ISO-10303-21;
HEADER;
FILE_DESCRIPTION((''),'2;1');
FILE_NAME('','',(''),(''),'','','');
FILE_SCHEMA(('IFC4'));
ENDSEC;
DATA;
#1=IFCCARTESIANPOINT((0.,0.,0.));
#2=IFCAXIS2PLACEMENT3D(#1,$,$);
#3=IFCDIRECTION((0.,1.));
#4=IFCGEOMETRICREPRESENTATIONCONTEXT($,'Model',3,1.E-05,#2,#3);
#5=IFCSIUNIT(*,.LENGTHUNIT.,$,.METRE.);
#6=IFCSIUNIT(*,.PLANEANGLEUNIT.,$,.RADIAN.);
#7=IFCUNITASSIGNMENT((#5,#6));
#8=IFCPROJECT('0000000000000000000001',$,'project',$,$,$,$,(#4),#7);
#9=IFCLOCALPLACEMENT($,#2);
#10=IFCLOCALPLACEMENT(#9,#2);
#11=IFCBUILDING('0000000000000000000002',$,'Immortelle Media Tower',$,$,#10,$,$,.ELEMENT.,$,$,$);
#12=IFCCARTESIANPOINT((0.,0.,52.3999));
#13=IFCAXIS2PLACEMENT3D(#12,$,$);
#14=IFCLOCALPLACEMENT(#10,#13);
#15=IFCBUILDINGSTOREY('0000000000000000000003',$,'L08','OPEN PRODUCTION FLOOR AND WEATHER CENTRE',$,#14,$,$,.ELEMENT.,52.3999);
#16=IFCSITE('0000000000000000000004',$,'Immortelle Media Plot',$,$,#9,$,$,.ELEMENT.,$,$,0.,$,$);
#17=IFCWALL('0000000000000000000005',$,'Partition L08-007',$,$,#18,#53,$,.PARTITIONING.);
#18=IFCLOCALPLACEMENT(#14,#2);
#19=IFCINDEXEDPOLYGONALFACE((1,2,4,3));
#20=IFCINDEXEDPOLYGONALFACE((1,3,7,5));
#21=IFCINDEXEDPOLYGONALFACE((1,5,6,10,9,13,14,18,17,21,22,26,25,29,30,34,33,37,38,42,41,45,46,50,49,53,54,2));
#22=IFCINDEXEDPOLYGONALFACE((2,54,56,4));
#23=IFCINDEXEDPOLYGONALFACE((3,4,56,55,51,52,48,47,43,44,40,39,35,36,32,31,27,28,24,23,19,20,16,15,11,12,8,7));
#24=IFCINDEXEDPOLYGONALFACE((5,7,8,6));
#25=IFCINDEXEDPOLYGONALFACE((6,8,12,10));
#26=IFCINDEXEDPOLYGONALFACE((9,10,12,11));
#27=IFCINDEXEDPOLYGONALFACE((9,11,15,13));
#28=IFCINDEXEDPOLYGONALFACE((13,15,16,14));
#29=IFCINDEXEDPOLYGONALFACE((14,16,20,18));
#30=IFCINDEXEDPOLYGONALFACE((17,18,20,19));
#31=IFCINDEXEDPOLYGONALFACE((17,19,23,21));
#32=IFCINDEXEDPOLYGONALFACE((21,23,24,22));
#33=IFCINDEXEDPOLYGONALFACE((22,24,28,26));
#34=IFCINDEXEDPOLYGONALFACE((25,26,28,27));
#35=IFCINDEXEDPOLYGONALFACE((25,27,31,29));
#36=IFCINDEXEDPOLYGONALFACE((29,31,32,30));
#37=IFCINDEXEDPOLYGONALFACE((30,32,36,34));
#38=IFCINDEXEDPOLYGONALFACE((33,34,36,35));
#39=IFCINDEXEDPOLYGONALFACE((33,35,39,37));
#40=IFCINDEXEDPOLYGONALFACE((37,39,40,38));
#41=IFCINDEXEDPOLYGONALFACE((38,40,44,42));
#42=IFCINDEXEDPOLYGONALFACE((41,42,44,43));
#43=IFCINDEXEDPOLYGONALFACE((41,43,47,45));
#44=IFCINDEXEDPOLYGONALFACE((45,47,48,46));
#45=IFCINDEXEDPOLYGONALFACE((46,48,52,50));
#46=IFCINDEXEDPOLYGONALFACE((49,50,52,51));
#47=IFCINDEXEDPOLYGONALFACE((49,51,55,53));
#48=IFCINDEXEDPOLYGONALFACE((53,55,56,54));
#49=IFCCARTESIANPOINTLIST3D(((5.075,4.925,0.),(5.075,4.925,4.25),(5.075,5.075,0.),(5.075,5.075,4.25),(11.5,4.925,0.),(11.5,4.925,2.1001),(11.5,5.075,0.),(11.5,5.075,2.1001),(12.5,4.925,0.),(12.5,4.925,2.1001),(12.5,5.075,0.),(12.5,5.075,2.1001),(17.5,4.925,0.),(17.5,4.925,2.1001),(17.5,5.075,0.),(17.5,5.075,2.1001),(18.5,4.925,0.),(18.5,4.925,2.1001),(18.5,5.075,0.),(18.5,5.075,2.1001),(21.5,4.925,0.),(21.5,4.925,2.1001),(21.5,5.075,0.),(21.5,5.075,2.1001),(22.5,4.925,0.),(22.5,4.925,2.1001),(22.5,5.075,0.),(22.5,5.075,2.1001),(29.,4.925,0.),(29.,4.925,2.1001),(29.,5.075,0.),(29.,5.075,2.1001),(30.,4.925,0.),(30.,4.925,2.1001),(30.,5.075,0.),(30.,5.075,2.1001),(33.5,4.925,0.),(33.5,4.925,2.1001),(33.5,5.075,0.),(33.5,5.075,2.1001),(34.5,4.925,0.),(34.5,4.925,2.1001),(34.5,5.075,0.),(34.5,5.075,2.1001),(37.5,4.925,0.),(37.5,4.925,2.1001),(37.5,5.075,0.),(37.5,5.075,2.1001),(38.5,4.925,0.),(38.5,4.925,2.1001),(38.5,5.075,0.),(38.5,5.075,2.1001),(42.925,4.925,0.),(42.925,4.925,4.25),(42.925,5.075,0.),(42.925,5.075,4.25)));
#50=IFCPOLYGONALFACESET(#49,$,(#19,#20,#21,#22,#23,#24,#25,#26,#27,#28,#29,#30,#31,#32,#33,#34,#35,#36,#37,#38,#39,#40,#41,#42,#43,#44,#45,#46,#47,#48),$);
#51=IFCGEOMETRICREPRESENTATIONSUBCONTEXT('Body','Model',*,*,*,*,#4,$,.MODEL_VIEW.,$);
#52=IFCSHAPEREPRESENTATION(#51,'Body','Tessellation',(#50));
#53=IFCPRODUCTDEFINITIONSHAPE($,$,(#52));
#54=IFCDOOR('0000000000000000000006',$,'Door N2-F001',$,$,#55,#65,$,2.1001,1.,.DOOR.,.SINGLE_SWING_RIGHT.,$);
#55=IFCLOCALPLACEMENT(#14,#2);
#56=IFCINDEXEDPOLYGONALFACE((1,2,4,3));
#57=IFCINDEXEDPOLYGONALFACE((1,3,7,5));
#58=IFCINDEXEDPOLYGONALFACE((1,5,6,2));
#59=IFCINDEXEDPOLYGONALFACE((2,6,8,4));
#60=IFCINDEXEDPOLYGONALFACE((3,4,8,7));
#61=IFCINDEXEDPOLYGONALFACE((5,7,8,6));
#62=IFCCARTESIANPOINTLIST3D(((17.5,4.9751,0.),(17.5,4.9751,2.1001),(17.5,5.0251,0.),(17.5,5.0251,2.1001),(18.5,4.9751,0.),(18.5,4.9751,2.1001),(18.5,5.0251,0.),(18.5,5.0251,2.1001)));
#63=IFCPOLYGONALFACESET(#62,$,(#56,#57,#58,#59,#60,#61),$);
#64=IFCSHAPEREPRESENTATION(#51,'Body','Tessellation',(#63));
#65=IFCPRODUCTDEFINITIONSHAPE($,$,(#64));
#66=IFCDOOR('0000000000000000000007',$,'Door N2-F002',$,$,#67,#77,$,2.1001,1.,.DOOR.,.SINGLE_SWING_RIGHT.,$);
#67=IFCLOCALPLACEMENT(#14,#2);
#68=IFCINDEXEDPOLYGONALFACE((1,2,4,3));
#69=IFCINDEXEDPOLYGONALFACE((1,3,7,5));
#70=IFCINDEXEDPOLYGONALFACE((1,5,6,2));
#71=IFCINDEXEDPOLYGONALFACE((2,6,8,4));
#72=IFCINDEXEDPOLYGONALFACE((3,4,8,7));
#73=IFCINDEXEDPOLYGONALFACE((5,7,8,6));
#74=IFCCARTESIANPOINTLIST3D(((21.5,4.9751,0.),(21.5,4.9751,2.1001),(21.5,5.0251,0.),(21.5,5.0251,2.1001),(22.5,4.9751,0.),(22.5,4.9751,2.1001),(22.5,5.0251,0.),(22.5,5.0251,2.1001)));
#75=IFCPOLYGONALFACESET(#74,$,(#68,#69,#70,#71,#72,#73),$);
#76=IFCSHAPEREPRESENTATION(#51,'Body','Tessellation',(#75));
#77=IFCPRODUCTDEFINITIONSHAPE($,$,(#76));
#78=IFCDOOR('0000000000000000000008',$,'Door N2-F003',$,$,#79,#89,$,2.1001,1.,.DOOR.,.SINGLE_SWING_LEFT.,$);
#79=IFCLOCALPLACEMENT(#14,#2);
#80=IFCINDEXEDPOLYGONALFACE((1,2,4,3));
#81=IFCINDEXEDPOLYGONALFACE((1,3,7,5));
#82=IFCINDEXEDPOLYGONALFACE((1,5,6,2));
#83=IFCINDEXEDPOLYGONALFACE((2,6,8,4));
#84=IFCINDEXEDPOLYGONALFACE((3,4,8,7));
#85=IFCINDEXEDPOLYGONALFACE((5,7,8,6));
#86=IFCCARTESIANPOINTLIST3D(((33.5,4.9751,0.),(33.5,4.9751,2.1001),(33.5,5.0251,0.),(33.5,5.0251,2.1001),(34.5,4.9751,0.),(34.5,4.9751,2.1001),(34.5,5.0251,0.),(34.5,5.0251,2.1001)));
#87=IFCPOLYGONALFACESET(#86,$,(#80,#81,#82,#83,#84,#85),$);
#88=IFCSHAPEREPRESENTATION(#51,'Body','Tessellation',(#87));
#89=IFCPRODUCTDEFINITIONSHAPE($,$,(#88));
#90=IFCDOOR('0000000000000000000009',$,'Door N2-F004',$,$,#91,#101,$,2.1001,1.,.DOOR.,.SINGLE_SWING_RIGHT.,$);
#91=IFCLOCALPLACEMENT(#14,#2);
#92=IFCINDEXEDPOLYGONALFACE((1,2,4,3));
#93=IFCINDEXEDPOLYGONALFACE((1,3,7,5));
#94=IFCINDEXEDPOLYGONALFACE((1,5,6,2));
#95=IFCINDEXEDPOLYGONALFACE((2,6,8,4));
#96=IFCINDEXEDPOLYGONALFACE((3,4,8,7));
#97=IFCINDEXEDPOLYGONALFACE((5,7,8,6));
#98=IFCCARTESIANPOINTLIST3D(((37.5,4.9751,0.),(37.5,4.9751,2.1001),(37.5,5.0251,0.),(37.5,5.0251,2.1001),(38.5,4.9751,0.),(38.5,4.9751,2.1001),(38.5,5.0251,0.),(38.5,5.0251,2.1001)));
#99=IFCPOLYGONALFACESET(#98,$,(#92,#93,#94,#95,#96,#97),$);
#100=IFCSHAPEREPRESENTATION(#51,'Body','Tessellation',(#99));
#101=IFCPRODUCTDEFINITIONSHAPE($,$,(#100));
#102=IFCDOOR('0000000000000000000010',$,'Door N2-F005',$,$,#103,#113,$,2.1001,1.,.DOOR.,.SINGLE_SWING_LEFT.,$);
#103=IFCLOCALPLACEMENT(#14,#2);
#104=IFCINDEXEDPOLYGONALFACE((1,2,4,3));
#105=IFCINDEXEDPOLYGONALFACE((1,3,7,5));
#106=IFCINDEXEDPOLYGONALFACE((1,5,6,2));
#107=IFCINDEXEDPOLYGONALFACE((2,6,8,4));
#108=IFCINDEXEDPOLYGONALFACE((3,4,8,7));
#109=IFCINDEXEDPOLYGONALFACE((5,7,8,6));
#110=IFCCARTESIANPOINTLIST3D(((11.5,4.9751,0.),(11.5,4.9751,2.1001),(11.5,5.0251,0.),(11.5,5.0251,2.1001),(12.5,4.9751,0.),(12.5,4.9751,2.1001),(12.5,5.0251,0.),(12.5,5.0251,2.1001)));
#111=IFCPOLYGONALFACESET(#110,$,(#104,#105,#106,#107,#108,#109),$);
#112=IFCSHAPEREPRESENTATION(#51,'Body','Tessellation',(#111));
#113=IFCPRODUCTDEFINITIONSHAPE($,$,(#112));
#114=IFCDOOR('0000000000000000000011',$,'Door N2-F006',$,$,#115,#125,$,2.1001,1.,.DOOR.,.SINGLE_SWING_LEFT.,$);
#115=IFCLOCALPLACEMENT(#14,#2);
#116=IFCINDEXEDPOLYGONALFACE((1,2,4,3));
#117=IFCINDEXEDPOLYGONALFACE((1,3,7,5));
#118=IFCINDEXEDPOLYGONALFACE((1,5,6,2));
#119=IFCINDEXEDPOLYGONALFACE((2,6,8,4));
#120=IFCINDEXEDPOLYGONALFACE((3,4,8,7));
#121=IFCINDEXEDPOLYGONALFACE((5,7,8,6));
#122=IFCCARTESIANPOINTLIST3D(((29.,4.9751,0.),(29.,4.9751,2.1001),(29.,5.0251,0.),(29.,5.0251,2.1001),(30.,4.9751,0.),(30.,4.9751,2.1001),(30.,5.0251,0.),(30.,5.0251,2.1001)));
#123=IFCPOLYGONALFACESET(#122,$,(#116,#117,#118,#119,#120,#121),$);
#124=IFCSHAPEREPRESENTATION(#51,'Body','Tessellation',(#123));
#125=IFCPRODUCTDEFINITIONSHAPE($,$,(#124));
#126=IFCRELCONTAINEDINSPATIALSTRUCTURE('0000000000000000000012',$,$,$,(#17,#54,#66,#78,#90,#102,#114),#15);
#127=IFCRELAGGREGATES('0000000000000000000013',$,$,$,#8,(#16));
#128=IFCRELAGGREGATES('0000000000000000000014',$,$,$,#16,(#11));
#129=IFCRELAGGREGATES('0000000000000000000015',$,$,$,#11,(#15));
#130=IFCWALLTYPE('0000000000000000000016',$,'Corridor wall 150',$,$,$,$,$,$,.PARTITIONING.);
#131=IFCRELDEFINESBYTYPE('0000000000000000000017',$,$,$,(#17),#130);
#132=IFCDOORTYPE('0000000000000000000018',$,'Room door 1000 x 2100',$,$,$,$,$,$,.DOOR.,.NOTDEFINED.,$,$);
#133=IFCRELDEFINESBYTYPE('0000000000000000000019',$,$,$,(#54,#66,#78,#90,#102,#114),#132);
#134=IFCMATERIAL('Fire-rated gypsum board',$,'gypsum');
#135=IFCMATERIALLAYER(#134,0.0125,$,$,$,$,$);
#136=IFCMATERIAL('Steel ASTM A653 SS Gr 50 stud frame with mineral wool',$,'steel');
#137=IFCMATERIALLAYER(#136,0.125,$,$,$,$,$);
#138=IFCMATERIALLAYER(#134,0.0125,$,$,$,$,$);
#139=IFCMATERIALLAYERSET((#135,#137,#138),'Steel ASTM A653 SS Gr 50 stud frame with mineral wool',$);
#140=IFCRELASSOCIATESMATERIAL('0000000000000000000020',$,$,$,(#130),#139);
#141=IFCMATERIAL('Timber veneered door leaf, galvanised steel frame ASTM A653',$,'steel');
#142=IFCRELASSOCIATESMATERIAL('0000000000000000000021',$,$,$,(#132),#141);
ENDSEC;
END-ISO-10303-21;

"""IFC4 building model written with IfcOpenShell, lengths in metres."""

from ifc_helpers import new_model, si_unit, direction, frame, frame_2d, origin, place, context, subcontext, project, spatial, rectangle, extrude, material, layer, layer_set, type_object, element, fill, save


model = new_model("IFC4")

# Units and contexts
model_context = context("Model", 3, precision=1e-05, world=origin(), true_north=direction((0.0, 1.0)))
body_context = subcontext(model_context, "Body", "Model", "MODEL_VIEW")
ifc_project = project(units=[si_unit("LENGTHUNIT", "METRE"), si_unit("PLANEANGLEUNIT", "RADIAN")], contexts=[model_context])

# Site, building, storey
site_placement = place(None, origin())
site = spatial("IfcSite", under=ifc_project, at=site_placement, Name="Immortelle Media Plot", CompositionType="ELEMENT", RefElevation=0.0)
building_placement = place(site_placement, origin())
building = spatial("IfcBuilding", under=site, at=building_placement, Name="Immortelle Media Tower", CompositionType="ELEMENT")
storey_placement = place(building_placement, frame((0.0, 0.0, 52.3999)))
storey = spatial("IfcBuildingStorey", under=building, at=storey_placement, Name="L08", Description="OPEN PRODUCTION FLOOR AND WEATHER CENTRE", CompositionType="ELEMENT", Elevation=52.3999)

# Wall, openings, doors
ifc_material_1 = material(Name="Fire-rated gypsum board", Category="gypsum")
ifc_layer_1 = layer(ifc_material_1, 0.0125)
ifc_material_2 = material(Name="Steel ASTM A653 SS Gr 50 stud frame with mineral wool", Category="steel")
ifc_layer_2 = layer(ifc_material_2, 0.125)
ifc_layer_3 = layer(ifc_material_1, 0.0125)
ifc_layer_set_1 = layer_set([ifc_layer_1, ifc_layer_2, ifc_layer_3], Name="Steel ASTM A653 SS Gr 50 stud frame with mineral wool")
wall_type_1 = type_object("IfcWallType", Name="Corridor wall 150", PredefinedType="PARTITIONING", material=ifc_layer_set_1)
wall_1_placement = place(storey_placement, frame((5.075, 5.0, 0.0), z_axis=(0.0, 0.0, 1.0), x_axis=(1.0, 0.0, 0.0)))
wall_1 = element("IfcWall", 1, at=wall_1_placement, inside=storey, type_object=wall_type_1, Name="Partition L08-007", PredefinedType="PARTITIONING", context=body_context, shape_type="SweptSolid", body=[
    extrude(rectangle(XDim=37.8501, YDim=0.1499, at=frame_2d((18.925, 0.0))), origin(), (0.0, 0.0, 1.0), 4.25),
])
opening_1_placement = place(wall_1_placement, frame((13.425, 0.0, 0.0), z_axis=(0.0, 0.0, 1.0), x_axis=(-1.0, 0.0, 0.0)))
opening_1 = element("IfcOpeningElement", 2, at=opening_1_placement, cuts=wall_1, PredefinedType="OPENING", context=body_context, shape_type="SweptSolid", body=[
    extrude(rectangle(XDim=1.0, YDim=2.1001, at=frame_2d((0.5, 1.05))), frame((0.0, 0.085, 0.0), z_axis=(0.0, -1.0, 0.0), x_axis=(1.0, 0.0, 0.0)), (0.0, 0.0, 1.0), 0.1699),
])
opening_2_placement = place(wall_1_placement, frame((17.425, 0.0, 0.0), z_axis=(0.0, 0.0, 1.0), x_axis=(-1.0, 0.0, 0.0)))
opening_2 = element("IfcOpeningElement", 3, at=opening_2_placement, cuts=wall_1, PredefinedType="OPENING", context=body_context, shape_type="SweptSolid", body=[
    extrude(rectangle(XDim=1.0, YDim=2.1001, at=frame_2d((0.5, 1.05))), frame((0.0, 0.085, 0.0), z_axis=(0.0, -1.0, 0.0), x_axis=(1.0, 0.0, 0.0)), (0.0, 0.0, 1.0), 0.1699),
])
opening_3_placement = place(wall_1_placement, frame((29.425, 0.0, 0.0), z_axis=(0.0, 0.0, 1.0), x_axis=(-1.0, 0.0, 0.0)))
opening_3 = element("IfcOpeningElement", 4, at=opening_3_placement, cuts=wall_1, PredefinedType="OPENING", context=body_context, shape_type="SweptSolid", body=[
    extrude(rectangle(XDim=1.0, YDim=2.1001, at=frame_2d((0.5, 1.05))), frame((0.0, 0.085, 0.0), z_axis=(0.0, -1.0, 0.0), x_axis=(1.0, 0.0, 0.0)), (0.0, 0.0, 1.0), 0.1699),
])
opening_4_placement = place(wall_1_placement, frame((33.425, 0.0, 0.0), z_axis=(0.0, 0.0, 1.0), x_axis=(-1.0, 0.0, 0.0)))
opening_4 = element("IfcOpeningElement", 5, at=opening_4_placement, cuts=wall_1, PredefinedType="OPENING", context=body_context, shape_type="SweptSolid", body=[
    extrude(rectangle(XDim=1.0, YDim=2.1001, at=frame_2d((0.5, 1.05))), frame((0.0, 0.085, 0.0), z_axis=(0.0, -1.0, 0.0), x_axis=(1.0, 0.0, 0.0)), (0.0, 0.0, 1.0), 0.1699),
])
opening_5_placement = place(wall_1_placement, frame((7.425, 0.0, 0.0), z_axis=(0.0, 0.0, 1.0), x_axis=(-1.0, 0.0, 0.0)))
opening_5 = element("IfcOpeningElement", 6, at=opening_5_placement, cuts=wall_1, PredefinedType="OPENING", context=body_context, shape_type="SweptSolid", body=[
    extrude(rectangle(XDim=1.0, YDim=2.1001, at=frame_2d((0.5, 1.05))), frame((0.0, 0.085, 0.0), z_axis=(0.0, -1.0, 0.0), x_axis=(1.0, 0.0, 0.0)), (0.0, 0.0, 1.0), 0.1699),
])
opening_6_placement = place(wall_1_placement, frame((24.925, 0.0, 0.0), z_axis=(0.0, 0.0, 1.0), x_axis=(-1.0, 0.0, 0.0)))
opening_6 = element("IfcOpeningElement", 7, at=opening_6_placement, cuts=wall_1, PredefinedType="OPENING", context=body_context, shape_type="SweptSolid", body=[
    extrude(rectangle(XDim=1.0, YDim=2.1001, at=frame_2d((0.5, 1.05))), frame((0.0, 0.085, 0.0), z_axis=(0.0, -1.0, 0.0), x_axis=(1.0, 0.0, 0.0)), (0.0, 0.0, 1.0), 0.1699),
])
ifc_material_3 = material(Name="Timber veneered door leaf, galvanised steel frame ASTM A653", Category="steel")
door_type = type_object("IfcDoorType", Name="Room door 1000 x 2100", OperationType="NOTDEFINED", PredefinedType="DOOR", material=ifc_material_3)
door_1_placement = place(opening_1_placement, origin())
door_1 = element("IfcDoor", 8, at=door_1_placement, inside=storey, type_object=door_type, Name="Door N2-F001", OperationType="SINGLE_SWING_RIGHT", OverallHeight=2.1001, OverallWidth=1.0, PredefinedType="DOOR", context=body_context, shape_type="SweptSolid", body=[
    extrude(rectangle(XDim=1.0, YDim=2.1001, at=frame_2d((0.5, 1.05))), frame((0.0, 0.0249, 0.0), z_axis=(0.0, -1.0, 0.0), x_axis=(1.0, 0.0, 0.0)), (0.0, 0.0, 1.0), 0.05),
])
fill(opening_1, door_1)
door_2_placement = place(opening_2_placement, origin())
door_2 = element("IfcDoor", 9, at=door_2_placement, inside=storey, type_object=door_type, Name="Door N2-F002", OperationType="SINGLE_SWING_RIGHT", OverallHeight=2.1001, OverallWidth=1.0, PredefinedType="DOOR", context=body_context, shape_type="SweptSolid", body=[
    extrude(rectangle(XDim=1.0, YDim=2.1001, at=frame_2d((0.5, 1.05))), frame((0.0, 0.0249, 0.0), z_axis=(0.0, -1.0, 0.0), x_axis=(1.0, 0.0, 0.0)), (0.0, 0.0, 1.0), 0.05),
])
fill(opening_2, door_2)
door_3_placement = place(opening_3_placement, origin())
door_3 = element("IfcDoor", 10, at=door_3_placement, inside=storey, type_object=door_type, Name="Door N2-F003", OperationType="SINGLE_SWING_LEFT", OverallHeight=2.1001, OverallWidth=1.0, PredefinedType="DOOR", context=body_context, shape_type="SweptSolid", body=[
    extrude(rectangle(XDim=1.0, YDim=2.1001, at=frame_2d((0.5, 1.05))), frame((0.0, 0.0249, 0.0), z_axis=(0.0, -1.0, 0.0), x_axis=(1.0, 0.0, 0.0)), (0.0, 0.0, 1.0), 0.05),
])
fill(opening_3, door_3)
door_4_placement = place(opening_4_placement, origin())
door_4 = element("IfcDoor", 11, at=door_4_placement, inside=storey, type_object=door_type, Name="Door N2-F004", OperationType="SINGLE_SWING_RIGHT", OverallHeight=2.1001, OverallWidth=1.0, PredefinedType="DOOR", context=body_context, shape_type="SweptSolid", body=[
    extrude(rectangle(XDim=1.0, YDim=2.1001, at=frame_2d((0.5, 1.05))), frame((0.0, 0.0249, 0.0), z_axis=(0.0, -1.0, 0.0), x_axis=(1.0, 0.0, 0.0)), (0.0, 0.0, 1.0), 0.05),
])
fill(opening_4, door_4)
door_5_placement = place(opening_5_placement, origin())
door_5 = element("IfcDoor", 12, at=door_5_placement, inside=storey, type_object=door_type, Name="Door N2-F005", OperationType="SINGLE_SWING_LEFT", OverallHeight=2.1001, OverallWidth=1.0, PredefinedType="DOOR", context=body_context, shape_type="SweptSolid", body=[
    extrude(rectangle(XDim=1.0, YDim=2.1001, at=frame_2d((0.5, 1.05))), frame((0.0, 0.0249, 0.0), z_axis=(0.0, -1.0, 0.0), x_axis=(1.0, 0.0, 0.0)), (0.0, 0.0, 1.0), 0.05),
])
fill(opening_5, door_5)
door_6_placement = place(opening_6_placement, origin())
door_6 = element("IfcDoor", 13, at=door_6_placement, inside=storey, type_object=door_type, Name="Door N2-F006", OperationType="SINGLE_SWING_LEFT", OverallHeight=2.1001, OverallWidth=1.0, PredefinedType="DOOR", context=body_context, shape_type="SweptSolid", body=[
    extrude(rectangle(XDim=1.0, YDim=2.1001, at=frame_2d((0.5, 1.05))), frame((0.0, 0.0249, 0.0), z_axis=(0.0, -1.0, 0.0), x_axis=(1.0, 0.0, 0.0)), (0.0, 0.0, 1.0), 0.05),
])
fill(opening_6, door_6)

save(model, "model.ifc")
